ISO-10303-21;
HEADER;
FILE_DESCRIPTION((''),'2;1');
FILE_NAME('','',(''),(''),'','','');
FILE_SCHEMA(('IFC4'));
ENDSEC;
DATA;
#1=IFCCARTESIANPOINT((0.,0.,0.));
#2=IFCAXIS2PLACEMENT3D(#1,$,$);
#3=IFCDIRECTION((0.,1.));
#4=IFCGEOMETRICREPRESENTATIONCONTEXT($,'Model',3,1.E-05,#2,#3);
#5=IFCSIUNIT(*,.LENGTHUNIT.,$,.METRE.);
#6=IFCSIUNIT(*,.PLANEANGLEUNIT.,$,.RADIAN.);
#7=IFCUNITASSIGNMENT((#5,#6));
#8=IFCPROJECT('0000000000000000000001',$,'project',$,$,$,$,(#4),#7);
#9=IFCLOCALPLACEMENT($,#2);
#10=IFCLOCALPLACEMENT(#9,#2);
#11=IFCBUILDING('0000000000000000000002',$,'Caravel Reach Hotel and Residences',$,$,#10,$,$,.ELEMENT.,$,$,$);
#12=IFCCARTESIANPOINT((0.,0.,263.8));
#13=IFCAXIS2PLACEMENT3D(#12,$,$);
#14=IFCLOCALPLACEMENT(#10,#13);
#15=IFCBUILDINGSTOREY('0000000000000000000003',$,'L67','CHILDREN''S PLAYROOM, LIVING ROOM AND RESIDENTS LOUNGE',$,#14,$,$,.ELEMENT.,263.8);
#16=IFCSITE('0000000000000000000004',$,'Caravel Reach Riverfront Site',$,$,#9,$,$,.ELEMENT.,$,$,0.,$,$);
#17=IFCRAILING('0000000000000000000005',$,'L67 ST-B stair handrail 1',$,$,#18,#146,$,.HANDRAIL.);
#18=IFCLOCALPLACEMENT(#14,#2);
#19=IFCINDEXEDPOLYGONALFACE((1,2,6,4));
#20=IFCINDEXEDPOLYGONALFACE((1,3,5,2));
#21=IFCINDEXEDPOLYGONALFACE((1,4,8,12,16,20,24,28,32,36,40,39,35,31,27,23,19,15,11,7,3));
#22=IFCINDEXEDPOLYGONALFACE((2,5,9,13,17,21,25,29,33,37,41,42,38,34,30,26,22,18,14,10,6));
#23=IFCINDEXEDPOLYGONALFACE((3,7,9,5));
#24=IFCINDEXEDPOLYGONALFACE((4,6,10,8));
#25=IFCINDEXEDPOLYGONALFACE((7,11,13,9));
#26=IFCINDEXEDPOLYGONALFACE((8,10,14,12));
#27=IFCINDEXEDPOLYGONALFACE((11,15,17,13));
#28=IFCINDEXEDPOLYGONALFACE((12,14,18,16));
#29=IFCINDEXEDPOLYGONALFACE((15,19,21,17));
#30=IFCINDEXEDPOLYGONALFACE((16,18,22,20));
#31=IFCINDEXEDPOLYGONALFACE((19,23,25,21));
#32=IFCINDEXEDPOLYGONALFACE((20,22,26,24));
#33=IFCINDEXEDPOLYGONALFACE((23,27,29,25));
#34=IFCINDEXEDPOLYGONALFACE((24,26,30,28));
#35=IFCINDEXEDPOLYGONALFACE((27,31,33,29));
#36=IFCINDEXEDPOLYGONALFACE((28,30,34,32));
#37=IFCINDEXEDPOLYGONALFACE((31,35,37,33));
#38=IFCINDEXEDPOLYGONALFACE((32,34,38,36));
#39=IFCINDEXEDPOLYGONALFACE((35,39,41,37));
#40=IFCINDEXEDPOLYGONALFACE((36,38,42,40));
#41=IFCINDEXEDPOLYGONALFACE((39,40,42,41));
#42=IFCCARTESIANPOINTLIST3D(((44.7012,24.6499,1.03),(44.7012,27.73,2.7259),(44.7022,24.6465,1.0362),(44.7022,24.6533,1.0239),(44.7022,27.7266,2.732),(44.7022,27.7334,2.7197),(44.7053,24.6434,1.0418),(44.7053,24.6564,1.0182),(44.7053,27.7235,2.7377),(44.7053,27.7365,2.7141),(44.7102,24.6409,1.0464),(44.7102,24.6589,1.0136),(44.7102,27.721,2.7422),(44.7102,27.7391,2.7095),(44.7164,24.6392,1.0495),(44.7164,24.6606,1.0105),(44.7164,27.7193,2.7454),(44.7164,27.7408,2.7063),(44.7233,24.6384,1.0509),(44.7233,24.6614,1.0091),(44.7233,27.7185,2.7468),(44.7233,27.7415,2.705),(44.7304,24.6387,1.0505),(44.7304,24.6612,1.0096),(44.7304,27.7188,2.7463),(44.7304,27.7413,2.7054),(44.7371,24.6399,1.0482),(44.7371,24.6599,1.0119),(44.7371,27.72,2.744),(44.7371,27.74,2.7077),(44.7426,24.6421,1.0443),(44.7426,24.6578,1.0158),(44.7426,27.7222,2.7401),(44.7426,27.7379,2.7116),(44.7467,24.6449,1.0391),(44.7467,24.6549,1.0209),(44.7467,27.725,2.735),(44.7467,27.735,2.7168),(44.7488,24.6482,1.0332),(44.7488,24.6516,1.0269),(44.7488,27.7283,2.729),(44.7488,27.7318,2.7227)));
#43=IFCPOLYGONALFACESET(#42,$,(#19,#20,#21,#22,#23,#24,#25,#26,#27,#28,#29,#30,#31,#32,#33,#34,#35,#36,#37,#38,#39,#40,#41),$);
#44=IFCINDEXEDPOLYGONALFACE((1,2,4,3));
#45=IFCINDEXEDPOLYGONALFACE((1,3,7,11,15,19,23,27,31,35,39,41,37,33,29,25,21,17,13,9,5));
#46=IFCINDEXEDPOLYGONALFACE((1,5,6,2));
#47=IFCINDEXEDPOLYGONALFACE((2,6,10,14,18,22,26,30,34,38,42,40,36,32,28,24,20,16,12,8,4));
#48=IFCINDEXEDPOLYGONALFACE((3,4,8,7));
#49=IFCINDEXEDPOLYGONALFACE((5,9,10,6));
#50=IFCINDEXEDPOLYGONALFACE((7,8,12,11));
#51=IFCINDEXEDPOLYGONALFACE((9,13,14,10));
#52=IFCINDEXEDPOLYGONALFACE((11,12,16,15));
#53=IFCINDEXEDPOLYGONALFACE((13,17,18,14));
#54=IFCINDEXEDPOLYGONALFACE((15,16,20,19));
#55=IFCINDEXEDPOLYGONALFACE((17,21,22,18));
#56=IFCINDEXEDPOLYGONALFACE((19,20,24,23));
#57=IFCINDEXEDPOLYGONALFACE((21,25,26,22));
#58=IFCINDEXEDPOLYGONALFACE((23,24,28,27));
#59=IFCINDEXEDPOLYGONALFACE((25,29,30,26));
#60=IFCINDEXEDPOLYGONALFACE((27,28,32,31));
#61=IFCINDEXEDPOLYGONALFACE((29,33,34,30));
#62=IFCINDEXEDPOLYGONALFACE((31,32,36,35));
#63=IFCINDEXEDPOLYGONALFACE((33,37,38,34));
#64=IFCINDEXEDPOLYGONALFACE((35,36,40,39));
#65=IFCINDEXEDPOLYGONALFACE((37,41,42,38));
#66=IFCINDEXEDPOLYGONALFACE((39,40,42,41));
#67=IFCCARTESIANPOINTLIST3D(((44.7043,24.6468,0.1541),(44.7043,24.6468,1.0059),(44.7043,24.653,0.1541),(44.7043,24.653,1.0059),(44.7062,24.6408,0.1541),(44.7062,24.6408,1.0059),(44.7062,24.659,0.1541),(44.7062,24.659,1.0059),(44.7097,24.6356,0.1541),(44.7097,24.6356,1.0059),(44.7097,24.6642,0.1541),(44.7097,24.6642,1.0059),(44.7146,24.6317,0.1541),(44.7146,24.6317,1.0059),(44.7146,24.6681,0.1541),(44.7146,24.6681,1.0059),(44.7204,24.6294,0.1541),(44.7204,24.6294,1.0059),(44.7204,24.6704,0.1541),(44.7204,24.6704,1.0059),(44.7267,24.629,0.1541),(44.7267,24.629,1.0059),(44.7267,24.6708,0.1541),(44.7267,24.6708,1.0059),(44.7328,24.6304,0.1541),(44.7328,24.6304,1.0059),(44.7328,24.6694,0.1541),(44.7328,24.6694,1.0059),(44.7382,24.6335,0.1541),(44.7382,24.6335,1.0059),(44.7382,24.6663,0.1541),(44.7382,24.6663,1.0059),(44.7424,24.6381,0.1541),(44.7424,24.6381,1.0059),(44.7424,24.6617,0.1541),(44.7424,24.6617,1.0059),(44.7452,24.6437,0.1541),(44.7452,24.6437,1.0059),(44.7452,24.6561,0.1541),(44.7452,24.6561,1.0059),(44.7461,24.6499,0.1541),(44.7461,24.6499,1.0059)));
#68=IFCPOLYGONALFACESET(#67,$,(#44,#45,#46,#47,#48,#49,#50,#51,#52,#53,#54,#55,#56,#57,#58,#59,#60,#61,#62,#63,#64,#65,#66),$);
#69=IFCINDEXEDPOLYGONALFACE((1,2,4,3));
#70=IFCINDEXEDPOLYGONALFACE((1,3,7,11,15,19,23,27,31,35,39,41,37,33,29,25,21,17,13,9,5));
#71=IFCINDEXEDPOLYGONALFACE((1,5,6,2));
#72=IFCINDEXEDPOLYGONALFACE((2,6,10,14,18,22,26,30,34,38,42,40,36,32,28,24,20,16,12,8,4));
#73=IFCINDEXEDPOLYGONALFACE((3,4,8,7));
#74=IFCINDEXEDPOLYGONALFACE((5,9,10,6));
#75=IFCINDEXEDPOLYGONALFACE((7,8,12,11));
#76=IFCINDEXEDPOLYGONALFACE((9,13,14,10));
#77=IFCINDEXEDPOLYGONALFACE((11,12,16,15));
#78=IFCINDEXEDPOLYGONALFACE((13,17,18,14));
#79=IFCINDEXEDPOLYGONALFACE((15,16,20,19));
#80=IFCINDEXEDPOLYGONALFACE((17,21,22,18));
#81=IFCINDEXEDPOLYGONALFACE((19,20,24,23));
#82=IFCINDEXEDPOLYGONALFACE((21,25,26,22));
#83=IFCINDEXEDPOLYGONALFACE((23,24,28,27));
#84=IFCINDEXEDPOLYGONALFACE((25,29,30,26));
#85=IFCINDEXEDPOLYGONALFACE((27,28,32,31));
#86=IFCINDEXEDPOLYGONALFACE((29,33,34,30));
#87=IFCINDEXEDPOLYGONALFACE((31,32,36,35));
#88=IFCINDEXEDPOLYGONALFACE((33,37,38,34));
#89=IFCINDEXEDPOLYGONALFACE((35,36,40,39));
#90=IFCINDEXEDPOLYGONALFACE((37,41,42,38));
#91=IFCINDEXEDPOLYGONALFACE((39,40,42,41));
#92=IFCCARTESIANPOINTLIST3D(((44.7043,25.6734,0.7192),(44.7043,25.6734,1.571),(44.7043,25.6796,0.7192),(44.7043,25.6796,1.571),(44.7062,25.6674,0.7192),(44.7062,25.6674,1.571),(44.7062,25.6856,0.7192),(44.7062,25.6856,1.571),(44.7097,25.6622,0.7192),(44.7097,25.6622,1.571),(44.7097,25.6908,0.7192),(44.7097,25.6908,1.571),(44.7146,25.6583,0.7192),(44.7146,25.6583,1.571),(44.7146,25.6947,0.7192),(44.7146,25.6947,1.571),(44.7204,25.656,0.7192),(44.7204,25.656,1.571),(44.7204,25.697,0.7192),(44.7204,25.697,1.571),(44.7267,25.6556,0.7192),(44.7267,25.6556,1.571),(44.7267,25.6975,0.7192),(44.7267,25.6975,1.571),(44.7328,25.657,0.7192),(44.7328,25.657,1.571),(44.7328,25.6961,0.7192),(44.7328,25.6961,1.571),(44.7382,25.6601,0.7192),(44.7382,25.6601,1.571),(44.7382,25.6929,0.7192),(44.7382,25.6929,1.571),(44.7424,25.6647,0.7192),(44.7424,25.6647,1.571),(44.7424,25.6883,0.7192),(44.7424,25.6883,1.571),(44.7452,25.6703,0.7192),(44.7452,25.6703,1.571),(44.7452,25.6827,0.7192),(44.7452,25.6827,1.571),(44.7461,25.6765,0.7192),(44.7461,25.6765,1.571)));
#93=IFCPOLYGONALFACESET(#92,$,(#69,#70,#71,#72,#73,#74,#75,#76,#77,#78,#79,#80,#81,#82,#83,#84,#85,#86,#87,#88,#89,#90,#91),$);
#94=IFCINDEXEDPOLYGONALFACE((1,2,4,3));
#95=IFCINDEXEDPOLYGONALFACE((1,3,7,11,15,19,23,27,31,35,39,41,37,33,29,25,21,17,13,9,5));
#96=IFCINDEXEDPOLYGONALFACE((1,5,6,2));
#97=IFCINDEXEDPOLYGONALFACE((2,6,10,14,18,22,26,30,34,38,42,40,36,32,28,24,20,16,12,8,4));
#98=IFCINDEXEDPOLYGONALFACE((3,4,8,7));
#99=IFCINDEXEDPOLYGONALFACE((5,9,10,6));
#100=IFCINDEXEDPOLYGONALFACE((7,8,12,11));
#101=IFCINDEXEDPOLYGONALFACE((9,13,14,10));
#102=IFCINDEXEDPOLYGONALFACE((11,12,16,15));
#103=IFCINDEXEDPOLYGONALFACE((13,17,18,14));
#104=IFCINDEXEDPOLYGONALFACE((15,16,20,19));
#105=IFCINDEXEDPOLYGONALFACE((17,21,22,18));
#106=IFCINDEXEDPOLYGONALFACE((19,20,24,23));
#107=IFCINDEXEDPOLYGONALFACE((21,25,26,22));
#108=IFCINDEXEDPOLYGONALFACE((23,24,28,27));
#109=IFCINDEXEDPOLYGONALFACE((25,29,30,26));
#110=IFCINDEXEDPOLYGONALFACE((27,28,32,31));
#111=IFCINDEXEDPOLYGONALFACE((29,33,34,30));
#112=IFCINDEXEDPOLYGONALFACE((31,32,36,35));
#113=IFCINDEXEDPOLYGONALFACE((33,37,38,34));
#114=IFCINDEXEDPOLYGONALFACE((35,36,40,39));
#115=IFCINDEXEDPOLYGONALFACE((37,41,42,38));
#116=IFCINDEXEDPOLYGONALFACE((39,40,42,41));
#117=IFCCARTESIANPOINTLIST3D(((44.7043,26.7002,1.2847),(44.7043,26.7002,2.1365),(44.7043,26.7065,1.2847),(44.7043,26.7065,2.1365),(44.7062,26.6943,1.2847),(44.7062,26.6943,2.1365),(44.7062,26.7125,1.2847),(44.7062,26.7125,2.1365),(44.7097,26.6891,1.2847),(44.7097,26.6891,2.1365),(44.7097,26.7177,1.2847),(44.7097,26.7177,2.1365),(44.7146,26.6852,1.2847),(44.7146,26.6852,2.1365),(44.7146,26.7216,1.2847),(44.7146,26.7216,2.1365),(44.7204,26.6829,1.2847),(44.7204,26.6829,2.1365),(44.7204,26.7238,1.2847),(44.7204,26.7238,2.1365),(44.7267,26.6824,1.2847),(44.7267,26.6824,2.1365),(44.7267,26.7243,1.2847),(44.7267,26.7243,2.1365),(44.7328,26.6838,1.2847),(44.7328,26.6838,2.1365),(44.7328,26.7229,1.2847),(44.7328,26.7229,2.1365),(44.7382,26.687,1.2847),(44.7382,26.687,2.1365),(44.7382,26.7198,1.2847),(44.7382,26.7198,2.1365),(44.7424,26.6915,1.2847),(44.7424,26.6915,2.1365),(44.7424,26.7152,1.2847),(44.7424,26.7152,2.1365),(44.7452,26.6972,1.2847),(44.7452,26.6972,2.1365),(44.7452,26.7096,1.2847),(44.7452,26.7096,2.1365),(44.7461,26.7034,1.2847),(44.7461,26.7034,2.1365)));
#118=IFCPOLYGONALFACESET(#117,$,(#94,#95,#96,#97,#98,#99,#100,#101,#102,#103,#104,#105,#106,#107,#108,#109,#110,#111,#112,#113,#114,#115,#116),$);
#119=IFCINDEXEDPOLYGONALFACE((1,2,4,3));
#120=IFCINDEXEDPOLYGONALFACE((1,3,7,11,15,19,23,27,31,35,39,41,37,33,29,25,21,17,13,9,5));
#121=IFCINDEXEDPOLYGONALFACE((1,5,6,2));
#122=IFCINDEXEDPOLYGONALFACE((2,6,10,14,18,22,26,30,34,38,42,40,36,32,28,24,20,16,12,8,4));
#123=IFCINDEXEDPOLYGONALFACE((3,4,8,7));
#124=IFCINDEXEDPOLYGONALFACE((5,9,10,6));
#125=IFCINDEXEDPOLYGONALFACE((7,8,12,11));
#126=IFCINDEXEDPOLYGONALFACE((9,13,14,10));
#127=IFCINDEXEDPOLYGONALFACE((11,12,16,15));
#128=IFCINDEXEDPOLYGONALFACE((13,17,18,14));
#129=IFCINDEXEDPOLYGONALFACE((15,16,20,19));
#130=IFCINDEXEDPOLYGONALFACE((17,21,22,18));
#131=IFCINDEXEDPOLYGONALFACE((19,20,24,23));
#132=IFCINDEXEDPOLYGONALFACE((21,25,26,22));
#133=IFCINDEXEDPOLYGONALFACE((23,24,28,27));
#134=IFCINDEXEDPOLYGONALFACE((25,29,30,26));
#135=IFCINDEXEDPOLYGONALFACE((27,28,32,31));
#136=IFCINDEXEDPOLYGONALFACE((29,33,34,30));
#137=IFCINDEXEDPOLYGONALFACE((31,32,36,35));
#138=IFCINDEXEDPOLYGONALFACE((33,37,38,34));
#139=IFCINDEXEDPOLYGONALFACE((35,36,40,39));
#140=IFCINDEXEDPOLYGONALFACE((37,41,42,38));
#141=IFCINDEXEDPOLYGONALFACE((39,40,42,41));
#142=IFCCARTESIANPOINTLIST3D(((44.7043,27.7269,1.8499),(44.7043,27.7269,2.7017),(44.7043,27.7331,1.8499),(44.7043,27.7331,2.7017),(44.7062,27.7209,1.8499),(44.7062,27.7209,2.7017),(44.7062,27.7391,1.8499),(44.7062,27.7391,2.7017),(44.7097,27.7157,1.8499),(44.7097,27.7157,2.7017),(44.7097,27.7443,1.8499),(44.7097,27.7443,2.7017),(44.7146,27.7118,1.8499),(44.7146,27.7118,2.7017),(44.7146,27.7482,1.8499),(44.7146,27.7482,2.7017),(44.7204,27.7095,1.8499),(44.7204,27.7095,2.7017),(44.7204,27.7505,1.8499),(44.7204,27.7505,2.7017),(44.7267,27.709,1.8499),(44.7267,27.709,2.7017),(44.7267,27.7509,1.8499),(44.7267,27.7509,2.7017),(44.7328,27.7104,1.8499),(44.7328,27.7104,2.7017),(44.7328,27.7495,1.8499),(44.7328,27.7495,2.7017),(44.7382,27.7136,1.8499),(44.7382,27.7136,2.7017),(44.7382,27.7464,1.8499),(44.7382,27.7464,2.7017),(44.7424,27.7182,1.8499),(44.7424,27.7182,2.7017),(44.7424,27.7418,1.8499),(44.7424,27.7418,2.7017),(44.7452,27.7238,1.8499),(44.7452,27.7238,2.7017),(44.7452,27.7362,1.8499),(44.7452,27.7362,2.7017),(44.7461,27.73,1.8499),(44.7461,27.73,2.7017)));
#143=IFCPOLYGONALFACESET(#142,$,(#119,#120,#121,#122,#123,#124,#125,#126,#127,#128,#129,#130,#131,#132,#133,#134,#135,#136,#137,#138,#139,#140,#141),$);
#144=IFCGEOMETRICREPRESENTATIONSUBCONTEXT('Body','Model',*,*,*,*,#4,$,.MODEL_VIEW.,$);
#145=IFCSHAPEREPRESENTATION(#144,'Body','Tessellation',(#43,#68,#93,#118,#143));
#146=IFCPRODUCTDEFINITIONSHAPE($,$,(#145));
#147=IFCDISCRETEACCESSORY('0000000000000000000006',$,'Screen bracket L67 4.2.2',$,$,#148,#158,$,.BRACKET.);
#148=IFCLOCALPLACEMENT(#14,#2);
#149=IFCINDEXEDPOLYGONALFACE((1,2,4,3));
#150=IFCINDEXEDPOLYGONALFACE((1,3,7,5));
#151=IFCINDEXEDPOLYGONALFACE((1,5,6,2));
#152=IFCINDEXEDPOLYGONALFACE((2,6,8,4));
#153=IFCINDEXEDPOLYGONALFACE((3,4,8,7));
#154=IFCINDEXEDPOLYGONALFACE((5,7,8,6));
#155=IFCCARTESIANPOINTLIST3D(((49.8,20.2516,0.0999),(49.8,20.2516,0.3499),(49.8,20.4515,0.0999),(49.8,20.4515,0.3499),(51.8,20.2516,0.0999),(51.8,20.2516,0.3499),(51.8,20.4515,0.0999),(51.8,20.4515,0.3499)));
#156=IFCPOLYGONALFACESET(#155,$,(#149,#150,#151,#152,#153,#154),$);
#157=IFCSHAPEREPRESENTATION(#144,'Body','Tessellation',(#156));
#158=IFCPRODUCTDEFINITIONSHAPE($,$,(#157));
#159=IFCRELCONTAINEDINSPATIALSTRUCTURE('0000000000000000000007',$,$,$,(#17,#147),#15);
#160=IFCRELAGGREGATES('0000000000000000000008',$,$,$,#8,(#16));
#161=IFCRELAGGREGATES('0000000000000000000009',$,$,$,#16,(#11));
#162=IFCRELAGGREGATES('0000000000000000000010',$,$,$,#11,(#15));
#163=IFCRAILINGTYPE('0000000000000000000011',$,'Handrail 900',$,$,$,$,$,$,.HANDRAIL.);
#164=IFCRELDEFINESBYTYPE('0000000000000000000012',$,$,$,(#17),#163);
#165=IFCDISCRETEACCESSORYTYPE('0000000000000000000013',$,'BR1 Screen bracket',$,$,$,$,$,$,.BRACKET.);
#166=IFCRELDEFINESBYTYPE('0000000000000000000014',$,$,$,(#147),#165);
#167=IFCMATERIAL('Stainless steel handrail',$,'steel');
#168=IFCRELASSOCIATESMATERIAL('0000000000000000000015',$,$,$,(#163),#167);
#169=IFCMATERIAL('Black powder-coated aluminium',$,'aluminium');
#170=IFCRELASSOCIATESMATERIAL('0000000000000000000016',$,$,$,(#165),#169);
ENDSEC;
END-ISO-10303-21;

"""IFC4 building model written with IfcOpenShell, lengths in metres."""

from ifc_helpers import new_model, si_unit, direction, frame, origin, origin_2d, place, context, subcontext, project, spatial, rectangle, circle, extrude, material, type_object, element, save


model = new_model("IFC4")

# Units and contexts
model_context = context("Model", 3, precision=1e-05, world=origin(), true_north=direction((0.0, 1.0)))
body_context = subcontext(model_context, "Body", "Model", "MODEL_VIEW")
ifc_project = project(units=[si_unit("LENGTHUNIT", "METRE"), si_unit("PLANEANGLEUNIT", "RADIAN")], contexts=[model_context])

# Site, building, storey
site_placement = place(None, origin())
site = spatial("IfcSite", under=ifc_project, at=site_placement, Name="Caravel Reach Riverfront Site", CompositionType="ELEMENT", RefElevation=0.0)
building_placement = place(site_placement, origin())
building = spatial("IfcBuilding", under=site, at=building_placement, Name="Caravel Reach Hotel and Residences", CompositionType="ELEMENT")
storey_placement = place(building_placement, frame((0.0, 0.0, 263.8)))
storey = spatial("IfcBuildingStorey", under=building, at=storey_placement, Name="L67", Description="CHILDREN'S PLAYROOM, LIVING ROOM AND RESIDENTS LOUNGE", CompositionType="ELEMENT", Elevation=263.8)

# Railing
ifc_material_1 = material(Name="Stainless steel handrail", Category="steel")
railing_type_1 = type_object("IfcRailingType", Name="Handrail 900", PredefinedType="HANDRAIL", material=ifc_material_1)
railing_1_placement = place(storey_placement, frame((44.7251, 24.6499, 0.1541)))
element("IfcRailing", 1, at=railing_1_placement, inside=storey, type_object=railing_type_1, Name="L67 ST-B stair handrail 1", PredefinedType="HANDRAIL", context=body_context, shape_type="SweptSolid", body=[
    extrude(circle(Radius=0.0239, at=origin_2d()), frame((0.0, 0.0, 0.876), z_axis=(0.0, 0.876005, 0.482303), x_axis=(-1.0, 0.0, 0.0)), (0.0, 0.0, 1.0), 3.5161),
    extrude(circle(Radius=0.021, at=origin_2d()), origin(), (0.0, 0.0, 1.0), 0.8518),
    extrude(circle(Radius=0.021, at=origin_2d()), frame((0.0, 1.0266, 0.5652)), (0.0, 0.0, 1.0), 0.8518),
    extrude(circle(Radius=0.021, at=origin_2d()), frame((0.0, 2.0535, 1.1306)), (0.0, 0.0, 1.0), 0.8518),
    extrude(circle(Radius=0.021, at=origin_2d()), frame((0.0, 3.0801, 1.6958)), (0.0, 0.0, 1.0), 0.8518),
])

# Discrete accessory
ifc_material_2 = material(Name="Black powder-coated aluminium", Category="aluminium")
discrete_accessory_type = type_object("IfcDiscreteAccessoryType", Name="BR1 Screen bracket", PredefinedType="BRACKET", material=ifc_material_2)
discrete_accessory_placement = place(storey_placement, frame((50.8, 20.3516, 0.0999), z_axis=(0.0, 0.0, 1.0), x_axis=(1.0, 0.0, 0.0)))
element("IfcDiscreteAccessory", 2, at=discrete_accessory_placement, inside=storey, type_object=discrete_accessory_type, Name="Screen bracket L67 4.2.2", PredefinedType="BRACKET", context=body_context, shape_type="SweptSolid", body=[
    extrude(rectangle(XDim=2.0, YDim=0.2, at=origin_2d()), origin(), (0.0, 0.0, 1.0), 0.25),
])

save(model, "model.ifc")
